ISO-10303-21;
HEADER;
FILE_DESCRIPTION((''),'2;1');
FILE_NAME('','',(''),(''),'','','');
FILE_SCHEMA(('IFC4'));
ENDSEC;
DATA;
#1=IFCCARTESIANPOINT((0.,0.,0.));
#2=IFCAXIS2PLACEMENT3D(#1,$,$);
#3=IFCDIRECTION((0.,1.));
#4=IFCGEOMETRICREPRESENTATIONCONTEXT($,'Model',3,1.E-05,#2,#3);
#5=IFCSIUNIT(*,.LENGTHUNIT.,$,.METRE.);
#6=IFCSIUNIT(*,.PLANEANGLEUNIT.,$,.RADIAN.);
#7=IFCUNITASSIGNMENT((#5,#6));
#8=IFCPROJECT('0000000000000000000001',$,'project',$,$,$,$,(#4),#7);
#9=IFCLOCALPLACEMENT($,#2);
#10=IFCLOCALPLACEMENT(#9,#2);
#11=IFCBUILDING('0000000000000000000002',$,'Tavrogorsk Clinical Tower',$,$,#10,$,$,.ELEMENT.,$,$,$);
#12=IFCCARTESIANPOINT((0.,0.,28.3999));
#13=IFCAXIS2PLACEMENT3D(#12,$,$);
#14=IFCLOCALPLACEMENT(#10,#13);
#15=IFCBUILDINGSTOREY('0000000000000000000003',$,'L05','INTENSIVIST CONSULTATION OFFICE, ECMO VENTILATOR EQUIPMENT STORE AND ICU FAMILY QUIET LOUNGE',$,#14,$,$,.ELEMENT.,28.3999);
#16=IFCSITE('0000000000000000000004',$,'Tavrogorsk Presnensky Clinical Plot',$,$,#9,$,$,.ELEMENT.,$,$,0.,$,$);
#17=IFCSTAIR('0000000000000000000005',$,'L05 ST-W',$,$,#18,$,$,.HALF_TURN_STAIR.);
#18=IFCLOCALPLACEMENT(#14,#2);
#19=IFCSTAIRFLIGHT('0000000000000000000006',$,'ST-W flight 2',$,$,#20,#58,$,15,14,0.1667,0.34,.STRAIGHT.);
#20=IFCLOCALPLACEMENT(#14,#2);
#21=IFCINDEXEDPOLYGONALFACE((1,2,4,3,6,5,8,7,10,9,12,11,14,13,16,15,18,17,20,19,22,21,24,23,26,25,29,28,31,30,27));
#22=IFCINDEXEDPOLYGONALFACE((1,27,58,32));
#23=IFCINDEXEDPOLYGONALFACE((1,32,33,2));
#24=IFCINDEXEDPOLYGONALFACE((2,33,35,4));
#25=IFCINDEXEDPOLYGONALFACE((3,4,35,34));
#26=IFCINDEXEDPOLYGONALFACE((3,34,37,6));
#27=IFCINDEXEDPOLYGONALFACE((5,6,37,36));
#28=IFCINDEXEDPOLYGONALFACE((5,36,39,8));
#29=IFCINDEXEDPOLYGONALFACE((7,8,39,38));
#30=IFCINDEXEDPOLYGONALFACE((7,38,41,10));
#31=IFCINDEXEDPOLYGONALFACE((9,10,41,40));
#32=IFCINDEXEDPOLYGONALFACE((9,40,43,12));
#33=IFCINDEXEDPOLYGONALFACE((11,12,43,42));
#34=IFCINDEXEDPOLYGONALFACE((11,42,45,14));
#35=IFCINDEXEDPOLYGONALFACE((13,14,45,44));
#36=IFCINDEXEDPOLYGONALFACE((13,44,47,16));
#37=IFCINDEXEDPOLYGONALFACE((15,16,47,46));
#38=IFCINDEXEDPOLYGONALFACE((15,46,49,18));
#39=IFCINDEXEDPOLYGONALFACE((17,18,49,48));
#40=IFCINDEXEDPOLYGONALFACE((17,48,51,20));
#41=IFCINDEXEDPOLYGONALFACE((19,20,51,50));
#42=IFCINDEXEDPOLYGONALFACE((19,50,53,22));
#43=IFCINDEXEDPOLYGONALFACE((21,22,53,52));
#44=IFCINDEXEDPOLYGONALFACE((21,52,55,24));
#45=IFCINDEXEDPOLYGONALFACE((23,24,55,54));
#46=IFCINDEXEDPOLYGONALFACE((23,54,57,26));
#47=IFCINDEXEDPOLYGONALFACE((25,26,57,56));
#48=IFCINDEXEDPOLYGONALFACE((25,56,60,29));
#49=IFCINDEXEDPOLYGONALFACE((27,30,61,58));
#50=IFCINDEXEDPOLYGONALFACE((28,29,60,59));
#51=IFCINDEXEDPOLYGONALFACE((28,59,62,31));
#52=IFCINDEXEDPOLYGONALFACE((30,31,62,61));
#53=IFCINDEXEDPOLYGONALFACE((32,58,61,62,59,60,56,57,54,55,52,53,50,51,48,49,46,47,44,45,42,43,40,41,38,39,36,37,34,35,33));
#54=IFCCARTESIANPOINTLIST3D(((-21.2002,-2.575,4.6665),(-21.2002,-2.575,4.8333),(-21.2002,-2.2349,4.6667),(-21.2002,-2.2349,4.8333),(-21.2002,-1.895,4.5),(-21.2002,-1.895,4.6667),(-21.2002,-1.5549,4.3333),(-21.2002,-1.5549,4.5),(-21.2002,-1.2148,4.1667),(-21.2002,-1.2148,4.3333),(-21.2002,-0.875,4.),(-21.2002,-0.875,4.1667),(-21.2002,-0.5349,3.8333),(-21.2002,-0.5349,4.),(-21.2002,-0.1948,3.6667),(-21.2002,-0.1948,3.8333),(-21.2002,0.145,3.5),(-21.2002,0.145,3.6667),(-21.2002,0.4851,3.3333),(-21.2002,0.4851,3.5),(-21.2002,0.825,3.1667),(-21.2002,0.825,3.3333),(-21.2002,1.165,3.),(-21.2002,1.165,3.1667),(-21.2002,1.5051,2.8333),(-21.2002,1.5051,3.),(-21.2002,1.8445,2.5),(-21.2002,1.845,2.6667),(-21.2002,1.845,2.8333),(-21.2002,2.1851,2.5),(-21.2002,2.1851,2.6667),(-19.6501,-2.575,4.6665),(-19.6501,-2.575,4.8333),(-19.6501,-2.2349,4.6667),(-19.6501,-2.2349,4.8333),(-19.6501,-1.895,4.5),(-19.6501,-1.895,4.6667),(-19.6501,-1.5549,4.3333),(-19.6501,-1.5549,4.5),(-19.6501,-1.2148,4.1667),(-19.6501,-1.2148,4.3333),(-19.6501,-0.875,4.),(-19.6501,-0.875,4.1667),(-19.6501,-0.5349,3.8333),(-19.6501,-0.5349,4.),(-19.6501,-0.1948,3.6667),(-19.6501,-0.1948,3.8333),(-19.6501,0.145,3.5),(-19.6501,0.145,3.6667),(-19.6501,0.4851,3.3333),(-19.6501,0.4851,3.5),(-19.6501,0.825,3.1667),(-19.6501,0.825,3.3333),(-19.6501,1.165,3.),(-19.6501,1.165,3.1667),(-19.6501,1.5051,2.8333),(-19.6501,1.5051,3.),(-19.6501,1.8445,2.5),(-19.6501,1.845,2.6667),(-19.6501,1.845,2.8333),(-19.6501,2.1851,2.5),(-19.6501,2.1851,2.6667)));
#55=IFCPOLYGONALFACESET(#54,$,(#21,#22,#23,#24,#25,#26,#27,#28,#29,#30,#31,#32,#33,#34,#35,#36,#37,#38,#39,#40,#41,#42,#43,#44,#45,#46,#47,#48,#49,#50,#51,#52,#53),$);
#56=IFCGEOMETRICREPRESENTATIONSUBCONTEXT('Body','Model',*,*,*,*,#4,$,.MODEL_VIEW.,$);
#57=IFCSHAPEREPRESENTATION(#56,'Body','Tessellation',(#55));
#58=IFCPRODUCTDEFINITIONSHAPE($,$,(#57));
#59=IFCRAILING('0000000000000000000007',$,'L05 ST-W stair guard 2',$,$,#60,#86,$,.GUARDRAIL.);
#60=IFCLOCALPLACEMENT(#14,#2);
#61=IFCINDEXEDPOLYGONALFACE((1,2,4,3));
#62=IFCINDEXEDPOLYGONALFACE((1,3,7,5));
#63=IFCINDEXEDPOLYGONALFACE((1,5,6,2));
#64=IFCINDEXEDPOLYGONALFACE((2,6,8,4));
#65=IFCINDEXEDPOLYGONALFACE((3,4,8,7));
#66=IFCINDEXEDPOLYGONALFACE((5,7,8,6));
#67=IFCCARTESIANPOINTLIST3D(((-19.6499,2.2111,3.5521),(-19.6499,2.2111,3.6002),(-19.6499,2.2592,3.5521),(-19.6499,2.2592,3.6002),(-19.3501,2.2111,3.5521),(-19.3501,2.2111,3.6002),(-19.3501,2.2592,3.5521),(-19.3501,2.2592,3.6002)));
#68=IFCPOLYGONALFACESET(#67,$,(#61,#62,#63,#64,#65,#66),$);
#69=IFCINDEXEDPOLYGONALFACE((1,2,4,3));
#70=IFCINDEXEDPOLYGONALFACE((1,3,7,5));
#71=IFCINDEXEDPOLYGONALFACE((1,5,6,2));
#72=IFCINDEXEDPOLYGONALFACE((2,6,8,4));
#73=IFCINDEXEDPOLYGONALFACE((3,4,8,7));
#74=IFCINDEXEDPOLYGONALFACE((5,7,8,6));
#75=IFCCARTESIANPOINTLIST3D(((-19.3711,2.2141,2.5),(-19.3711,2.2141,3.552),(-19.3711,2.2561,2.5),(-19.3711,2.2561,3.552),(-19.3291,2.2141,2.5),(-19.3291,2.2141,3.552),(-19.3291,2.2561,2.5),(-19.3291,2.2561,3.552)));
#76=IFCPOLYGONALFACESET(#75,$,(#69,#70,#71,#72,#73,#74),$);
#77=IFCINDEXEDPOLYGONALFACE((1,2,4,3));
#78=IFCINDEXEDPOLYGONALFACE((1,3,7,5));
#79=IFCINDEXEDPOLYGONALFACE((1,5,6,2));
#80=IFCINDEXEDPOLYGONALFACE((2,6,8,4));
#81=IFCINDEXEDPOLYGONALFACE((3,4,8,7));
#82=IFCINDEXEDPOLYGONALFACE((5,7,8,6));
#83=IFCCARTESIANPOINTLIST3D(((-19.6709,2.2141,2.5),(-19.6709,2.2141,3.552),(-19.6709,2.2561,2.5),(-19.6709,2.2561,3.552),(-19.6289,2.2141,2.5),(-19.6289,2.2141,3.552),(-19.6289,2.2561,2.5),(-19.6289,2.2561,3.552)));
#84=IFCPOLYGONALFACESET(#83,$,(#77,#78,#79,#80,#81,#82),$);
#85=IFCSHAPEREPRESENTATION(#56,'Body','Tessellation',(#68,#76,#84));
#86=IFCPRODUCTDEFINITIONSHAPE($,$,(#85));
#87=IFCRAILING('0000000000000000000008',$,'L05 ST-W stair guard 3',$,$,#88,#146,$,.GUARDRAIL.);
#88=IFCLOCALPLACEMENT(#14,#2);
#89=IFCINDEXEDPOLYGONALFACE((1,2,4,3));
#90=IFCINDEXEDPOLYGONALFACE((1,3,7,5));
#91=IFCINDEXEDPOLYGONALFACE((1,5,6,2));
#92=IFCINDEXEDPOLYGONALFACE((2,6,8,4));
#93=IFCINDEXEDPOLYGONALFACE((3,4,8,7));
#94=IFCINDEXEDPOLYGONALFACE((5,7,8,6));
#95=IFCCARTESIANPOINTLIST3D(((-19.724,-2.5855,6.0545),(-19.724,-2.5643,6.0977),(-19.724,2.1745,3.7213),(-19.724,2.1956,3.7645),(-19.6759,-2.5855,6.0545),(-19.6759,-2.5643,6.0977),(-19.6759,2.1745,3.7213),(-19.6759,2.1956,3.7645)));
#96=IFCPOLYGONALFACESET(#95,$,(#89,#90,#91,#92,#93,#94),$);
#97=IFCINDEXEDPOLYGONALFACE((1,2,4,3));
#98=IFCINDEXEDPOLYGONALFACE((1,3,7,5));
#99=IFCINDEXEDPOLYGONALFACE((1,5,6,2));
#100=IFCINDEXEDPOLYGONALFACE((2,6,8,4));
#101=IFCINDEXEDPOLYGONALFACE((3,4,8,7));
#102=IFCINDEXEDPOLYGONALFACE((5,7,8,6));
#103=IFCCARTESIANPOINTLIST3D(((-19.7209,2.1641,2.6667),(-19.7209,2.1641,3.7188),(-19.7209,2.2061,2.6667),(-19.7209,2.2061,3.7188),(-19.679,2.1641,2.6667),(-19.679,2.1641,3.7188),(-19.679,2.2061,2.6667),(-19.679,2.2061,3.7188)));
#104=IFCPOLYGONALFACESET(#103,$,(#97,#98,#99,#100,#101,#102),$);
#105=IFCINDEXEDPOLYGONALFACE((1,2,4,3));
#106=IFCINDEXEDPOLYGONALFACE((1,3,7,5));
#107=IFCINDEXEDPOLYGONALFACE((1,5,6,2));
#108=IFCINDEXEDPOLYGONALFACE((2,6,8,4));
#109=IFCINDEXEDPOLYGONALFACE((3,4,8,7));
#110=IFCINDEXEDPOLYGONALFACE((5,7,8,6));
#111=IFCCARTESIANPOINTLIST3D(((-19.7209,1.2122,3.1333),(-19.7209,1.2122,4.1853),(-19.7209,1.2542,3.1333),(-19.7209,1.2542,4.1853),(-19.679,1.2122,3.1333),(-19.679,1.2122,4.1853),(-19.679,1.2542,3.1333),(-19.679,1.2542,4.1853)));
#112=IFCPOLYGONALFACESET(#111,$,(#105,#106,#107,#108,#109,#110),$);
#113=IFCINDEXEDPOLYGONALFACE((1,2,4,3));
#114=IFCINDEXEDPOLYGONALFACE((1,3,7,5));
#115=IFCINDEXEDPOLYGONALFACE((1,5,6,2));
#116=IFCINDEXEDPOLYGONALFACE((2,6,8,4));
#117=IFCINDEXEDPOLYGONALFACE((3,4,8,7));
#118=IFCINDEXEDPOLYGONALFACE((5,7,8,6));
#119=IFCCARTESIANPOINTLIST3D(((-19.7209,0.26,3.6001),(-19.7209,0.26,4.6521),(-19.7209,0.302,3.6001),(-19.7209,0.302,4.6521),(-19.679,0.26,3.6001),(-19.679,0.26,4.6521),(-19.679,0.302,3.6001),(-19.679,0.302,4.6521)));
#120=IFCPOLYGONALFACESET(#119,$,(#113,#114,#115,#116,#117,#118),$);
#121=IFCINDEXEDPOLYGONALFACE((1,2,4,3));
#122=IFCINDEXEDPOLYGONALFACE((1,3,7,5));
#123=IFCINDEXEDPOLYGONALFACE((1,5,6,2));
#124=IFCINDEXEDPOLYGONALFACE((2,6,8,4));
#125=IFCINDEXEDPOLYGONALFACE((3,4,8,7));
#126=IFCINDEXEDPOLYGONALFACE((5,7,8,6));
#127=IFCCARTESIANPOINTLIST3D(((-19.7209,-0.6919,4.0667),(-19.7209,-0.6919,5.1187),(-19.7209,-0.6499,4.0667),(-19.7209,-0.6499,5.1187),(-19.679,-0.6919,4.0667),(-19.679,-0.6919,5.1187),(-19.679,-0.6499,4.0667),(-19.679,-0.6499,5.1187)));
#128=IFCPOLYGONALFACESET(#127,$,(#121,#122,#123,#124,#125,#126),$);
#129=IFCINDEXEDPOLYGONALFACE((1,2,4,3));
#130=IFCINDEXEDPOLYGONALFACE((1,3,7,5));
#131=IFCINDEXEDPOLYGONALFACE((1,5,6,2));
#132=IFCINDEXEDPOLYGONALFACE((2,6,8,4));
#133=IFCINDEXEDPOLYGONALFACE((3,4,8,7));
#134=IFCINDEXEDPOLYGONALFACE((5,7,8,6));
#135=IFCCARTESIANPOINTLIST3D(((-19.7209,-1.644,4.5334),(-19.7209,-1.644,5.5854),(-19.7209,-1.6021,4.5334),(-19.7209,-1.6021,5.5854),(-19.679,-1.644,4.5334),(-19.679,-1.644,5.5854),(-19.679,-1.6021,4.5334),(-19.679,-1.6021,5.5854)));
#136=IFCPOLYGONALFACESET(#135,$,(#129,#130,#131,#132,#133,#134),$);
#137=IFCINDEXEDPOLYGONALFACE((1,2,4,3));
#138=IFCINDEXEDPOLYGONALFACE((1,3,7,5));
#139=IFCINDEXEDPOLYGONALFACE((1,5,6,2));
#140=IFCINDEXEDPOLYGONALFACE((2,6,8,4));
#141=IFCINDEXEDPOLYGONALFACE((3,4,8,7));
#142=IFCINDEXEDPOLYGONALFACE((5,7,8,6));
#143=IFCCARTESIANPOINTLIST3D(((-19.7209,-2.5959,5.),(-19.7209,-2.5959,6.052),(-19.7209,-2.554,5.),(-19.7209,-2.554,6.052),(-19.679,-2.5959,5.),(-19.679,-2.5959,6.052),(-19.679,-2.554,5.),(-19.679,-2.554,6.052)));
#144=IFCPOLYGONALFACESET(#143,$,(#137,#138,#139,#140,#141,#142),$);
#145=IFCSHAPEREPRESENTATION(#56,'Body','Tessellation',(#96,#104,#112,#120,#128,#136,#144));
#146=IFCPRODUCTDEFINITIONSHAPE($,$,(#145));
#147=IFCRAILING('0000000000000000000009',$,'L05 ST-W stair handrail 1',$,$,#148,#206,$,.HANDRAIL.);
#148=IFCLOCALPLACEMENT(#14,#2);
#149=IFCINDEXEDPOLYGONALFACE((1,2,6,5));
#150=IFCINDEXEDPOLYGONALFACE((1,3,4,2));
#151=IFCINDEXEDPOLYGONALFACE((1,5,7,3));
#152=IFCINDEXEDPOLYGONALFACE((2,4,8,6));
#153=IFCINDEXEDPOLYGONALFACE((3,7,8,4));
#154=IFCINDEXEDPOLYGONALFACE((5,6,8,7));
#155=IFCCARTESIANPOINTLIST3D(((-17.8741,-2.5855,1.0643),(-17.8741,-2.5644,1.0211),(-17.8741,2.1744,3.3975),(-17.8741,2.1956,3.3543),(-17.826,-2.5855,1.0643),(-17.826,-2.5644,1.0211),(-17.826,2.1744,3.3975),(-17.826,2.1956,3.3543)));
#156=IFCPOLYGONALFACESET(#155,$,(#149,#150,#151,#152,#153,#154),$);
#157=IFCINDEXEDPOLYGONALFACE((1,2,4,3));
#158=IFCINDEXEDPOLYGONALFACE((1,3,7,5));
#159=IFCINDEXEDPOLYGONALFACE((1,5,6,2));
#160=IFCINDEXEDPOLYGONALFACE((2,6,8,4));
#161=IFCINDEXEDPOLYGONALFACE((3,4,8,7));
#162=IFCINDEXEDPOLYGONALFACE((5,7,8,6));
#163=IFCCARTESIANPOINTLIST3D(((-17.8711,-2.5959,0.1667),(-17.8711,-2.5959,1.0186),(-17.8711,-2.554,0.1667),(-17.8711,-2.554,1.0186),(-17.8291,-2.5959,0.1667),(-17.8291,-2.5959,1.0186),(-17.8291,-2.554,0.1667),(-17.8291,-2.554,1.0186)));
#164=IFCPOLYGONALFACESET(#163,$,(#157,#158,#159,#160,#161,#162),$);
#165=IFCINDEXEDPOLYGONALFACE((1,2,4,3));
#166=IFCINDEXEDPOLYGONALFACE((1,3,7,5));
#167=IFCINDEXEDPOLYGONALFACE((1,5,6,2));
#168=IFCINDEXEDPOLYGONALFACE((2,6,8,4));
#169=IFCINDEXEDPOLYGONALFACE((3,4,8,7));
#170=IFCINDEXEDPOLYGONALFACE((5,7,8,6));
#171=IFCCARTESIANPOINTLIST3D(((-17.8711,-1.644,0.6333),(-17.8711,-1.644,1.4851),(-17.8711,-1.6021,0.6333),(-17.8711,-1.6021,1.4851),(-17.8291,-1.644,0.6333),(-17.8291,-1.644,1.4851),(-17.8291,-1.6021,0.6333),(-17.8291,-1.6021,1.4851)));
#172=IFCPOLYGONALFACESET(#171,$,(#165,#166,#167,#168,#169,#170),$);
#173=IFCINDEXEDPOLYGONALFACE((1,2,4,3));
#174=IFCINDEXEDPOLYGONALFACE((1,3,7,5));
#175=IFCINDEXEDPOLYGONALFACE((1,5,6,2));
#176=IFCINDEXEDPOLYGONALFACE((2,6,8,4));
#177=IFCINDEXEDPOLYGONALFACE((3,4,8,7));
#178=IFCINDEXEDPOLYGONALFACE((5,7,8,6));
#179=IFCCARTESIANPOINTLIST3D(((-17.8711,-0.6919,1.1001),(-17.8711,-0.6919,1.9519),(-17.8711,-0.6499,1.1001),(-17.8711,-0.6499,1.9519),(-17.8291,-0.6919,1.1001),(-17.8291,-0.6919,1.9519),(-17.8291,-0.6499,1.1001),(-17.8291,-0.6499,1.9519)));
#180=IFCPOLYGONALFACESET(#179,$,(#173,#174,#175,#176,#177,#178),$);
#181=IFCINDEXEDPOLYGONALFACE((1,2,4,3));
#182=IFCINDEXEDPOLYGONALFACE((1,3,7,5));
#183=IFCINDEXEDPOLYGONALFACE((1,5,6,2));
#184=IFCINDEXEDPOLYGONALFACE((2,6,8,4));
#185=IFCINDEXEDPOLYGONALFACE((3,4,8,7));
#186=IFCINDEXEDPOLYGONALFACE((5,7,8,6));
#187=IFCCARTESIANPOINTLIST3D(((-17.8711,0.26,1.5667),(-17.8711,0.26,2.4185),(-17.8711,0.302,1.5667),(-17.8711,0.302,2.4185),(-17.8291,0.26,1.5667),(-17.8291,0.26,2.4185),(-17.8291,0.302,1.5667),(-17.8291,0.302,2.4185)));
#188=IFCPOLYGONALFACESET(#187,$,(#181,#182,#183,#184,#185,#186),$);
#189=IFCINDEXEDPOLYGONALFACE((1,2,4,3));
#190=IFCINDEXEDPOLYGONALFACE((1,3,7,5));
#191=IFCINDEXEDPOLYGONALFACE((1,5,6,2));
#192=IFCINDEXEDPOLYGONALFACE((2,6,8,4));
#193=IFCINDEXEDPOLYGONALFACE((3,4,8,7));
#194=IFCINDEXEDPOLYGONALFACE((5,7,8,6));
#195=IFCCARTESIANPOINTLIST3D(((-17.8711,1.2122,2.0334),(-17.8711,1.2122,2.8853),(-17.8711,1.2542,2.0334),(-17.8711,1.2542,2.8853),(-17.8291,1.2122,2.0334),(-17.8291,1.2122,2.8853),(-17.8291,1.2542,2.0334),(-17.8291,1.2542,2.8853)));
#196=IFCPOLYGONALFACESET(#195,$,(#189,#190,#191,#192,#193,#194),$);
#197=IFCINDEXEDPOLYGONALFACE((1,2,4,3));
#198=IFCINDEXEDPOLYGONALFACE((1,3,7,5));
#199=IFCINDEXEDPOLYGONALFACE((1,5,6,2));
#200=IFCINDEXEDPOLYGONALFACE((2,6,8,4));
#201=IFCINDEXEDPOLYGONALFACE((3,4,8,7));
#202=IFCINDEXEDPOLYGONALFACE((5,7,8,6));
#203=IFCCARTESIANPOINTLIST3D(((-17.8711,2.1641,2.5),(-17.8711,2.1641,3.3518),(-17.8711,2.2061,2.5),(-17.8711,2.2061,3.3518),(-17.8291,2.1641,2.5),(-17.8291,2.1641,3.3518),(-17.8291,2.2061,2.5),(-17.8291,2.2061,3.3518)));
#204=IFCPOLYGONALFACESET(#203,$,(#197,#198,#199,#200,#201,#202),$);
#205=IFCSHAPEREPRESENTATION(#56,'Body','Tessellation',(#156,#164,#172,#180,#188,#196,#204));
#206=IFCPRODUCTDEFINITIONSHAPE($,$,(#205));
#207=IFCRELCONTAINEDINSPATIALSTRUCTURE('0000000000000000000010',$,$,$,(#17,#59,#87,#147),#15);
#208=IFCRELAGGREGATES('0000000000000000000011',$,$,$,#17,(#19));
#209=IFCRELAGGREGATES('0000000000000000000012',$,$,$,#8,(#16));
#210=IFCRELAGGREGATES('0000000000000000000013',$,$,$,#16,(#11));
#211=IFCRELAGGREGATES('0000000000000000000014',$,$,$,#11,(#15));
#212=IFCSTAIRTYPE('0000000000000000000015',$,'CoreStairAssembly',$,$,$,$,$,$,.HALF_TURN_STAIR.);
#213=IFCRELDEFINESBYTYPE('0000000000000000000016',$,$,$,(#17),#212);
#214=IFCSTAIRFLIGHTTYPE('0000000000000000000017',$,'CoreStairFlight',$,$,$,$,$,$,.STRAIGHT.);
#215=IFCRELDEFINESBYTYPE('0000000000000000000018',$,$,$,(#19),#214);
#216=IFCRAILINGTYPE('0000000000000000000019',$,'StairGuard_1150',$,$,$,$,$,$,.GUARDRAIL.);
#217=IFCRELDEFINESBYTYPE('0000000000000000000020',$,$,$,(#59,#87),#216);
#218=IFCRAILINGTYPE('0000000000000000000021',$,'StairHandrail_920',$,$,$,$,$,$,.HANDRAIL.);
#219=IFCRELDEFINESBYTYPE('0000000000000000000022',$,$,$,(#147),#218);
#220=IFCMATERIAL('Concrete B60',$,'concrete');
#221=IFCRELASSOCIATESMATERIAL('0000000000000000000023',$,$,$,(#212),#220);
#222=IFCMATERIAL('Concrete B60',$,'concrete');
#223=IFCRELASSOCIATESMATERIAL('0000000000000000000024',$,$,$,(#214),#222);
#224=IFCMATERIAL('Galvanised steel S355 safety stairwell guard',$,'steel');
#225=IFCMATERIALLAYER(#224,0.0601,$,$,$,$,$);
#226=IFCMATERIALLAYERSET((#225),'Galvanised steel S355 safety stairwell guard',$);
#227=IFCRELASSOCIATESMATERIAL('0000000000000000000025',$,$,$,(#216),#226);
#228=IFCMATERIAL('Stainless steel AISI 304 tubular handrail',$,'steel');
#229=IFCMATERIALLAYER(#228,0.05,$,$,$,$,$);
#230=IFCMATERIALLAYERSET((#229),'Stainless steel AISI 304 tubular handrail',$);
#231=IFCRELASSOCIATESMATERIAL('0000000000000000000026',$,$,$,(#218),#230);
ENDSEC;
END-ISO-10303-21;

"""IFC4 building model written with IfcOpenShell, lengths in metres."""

from ifc_helpers import new_model, si_unit, direction, frame, origin, origin_2d, place, context, subcontext, project, spatial, polyline, rectangle, outline, extrude, material, layer, layer_set, type_object, element, aggregate, save


model = new_model("IFC4")

# Units and contexts
model_context = context("Model", 3, precision=1e-05, world=origin(), true_north=direction((0.0, 1.0)))
body_context = subcontext(model_context, "Body", "Model", "MODEL_VIEW")
ifc_project = project(units=[si_unit("LENGTHUNIT", "METRE"), si_unit("PLANEANGLEUNIT", "RADIAN")], contexts=[model_context])

# Site, building, storey
site_placement = place(None, origin())
site = spatial("IfcSite", under=ifc_project, at=site_placement, Name="Tavrogorsk Presnensky Clinical Plot", CompositionType="ELEMENT", RefElevation=0.0)
building_placement = place(site_placement, origin())
building = spatial("IfcBuilding", under=site, at=building_placement, Name="Tavrogorsk Clinical Tower", CompositionType="ELEMENT")
storey_placement = place(building_placement, frame((0.0, 0.0, 28.3999)))
storey = spatial("IfcBuildingStorey", under=building, at=storey_placement, Name="L05", Description="INTENSIVIST CONSULTATION OFFICE, ECMO VENTILATOR EQUIPMENT STORE AND ICU FAMILY QUIET LOUNGE", CompositionType="ELEMENT", Elevation=28.3999)

# Stair, stair flight
ifc_material_1 = material(Name="Concrete B60", Category="concrete")
stair_type = type_object("IfcStairType", Name="CoreStairAssembly", PredefinedType="HALF_TURN_STAIR", material=ifc_material_1)
stair_placement = place(storey_placement, origin())
stair = element("IfcStair", 1, at=stair_placement, inside=storey, type_object=stair_type, Name="L05 ST-W", PredefinedType="HALF_TURN_STAIR")
ifc_material_2 = material(Name="Concrete B60", Category="concrete")
stair_flight_type = type_object("IfcStairFlightType", Name="CoreStairFlight", PredefinedType="STRAIGHT", material=ifc_material_2)
stair_flight_placement = place(storey_placement, frame((-20.425, 2.1851, 2.5), z_axis=(0.0, 0.0, 1.0), x_axis=(0.0, -1.0, 0.0)))
stair_flight = element("IfcStairFlight", 2, at=stair_flight_placement, type_object=stair_flight_type, Name="ST-W flight 2", NumberOfRisers=15, NumberOfTreads=14, PredefinedType="STRAIGHT", RiserHeight=0.1667, TreadLength=0.34, context=body_context, shape_type="SweptSolid", body=[
    extrude(outline(polyline([(0.0, 0.0), (0.0, 0.1667), (0.3401, 0.1667), (0.3401, 0.3333), (0.6799, 0.3333), (0.6799, 0.5), (1.02, 0.5), (1.02, 0.6667), (1.3601, 0.6667), (1.3601, 0.8333), (1.7, 0.8333), (1.7, 1.0), (2.04, 1.0), (2.04, 1.1667), (2.3799, 1.1667), (2.3799, 1.3333), (2.72, 1.3333), (2.72, 1.5), (3.0601, 1.5), (3.0601, 1.6667), (3.3999, 1.6667), (3.3999, 1.8333), (3.74, 1.8333), (3.74, 2.0), (4.0801, 2.0), (4.0801, 2.1667), (4.4199, 2.1667), (4.4199, 2.3333), (4.76, 2.3333), (4.76, 2.5), (4.76, 2.1665), (0.3406, 0.0), (0.0, 0.0)])), frame((0.0, 0.7749, 0.0), z_axis=(0.0, -1.0, 0.0), x_axis=(1.0, 0.0, 0.0)), (0.0, 0.0, 1.0), 1.55),
])
aggregate(stair, [stair_flight])

# Railings
ifc_material_3 = material(Name="Galvanised steel S355 safety stairwell guard", Category="steel")
ifc_layer_1 = layer(ifc_material_3, 0.0601)
ifc_layer_set_1 = layer_set([ifc_layer_1], Name="Galvanised steel S355 safety stairwell guard")
railing_type_1 = type_object("IfcRailingType", Name="StairGuard_1150", PredefinedType="GUARDRAIL", material=ifc_layer_set_1)
railing_1_placement = place(storey_placement, frame((-19.3501, 2.2351, 2.5)))
element("IfcRailing", 3, at=railing_1_placement, inside=storey, type_object=railing_type_1, Name="L05 ST-W stair guard 2", PredefinedType="GUARDRAIL", context=body_context, shape_type="SweptSolid", body=[
    extrude(rectangle(XDim=0.0481, YDim=0.0481, at=origin_2d()), frame((0.0, 0.0, 1.0762), z_axis=(-1.0, 0.0, 0.0), x_axis=(0.0, -1.0, 0.0)), (0.0, 0.0, 1.0), 0.2998),
    extrude(rectangle(XDim=0.042, YDim=0.042, at=origin_2d()), origin(), (0.0, 0.0, 1.0), 1.052),
    extrude(rectangle(XDim=0.042, YDim=0.042, at=origin_2d()), frame((-0.2998, 0.0, 0.0)), (0.0, 0.0, 1.0), 1.052),
])
railing_2_placement = place(storey_placement, frame((-19.7, 2.1851, 2.6667)))
element("IfcRailing", 4, at=railing_2_placement, inside=storey, type_object=railing_type_1, Name="L05 ST-W stair guard 3", PredefinedType="GUARDRAIL", context=body_context, shape_type="SweptSolid", body=[
    extrude(rectangle(XDim=0.0481, YDim=0.0481, at=origin_2d()), frame((0.0, 0.0, 1.0762), z_axis=(0.0, -0.897927, 0.440144), x_axis=(1.0, 0.0, 0.0)), (0.0, 0.0, 1.0), 5.301),
    extrude(rectangle(XDim=0.042, YDim=0.042, at=origin_2d()), origin(), (0.0, 0.0, 1.0), 1.052),
    extrude(rectangle(XDim=0.042, YDim=0.042, at=origin_2d()), frame((0.0, -0.9519, 0.4666)), (0.0, 0.0, 1.0), 1.052),
    extrude(rectangle(XDim=0.042, YDim=0.042, at=origin_2d()), frame((0.0, -1.9041, 0.9333)), (0.0, 0.0, 1.0), 1.052),
    extrude(rectangle(XDim=0.042, YDim=0.042, at=origin_2d()), frame((0.0, -2.856, 1.3999)), (0.0, 0.0, 1.0), 1.052),
    extrude(rectangle(XDim=0.042, YDim=0.042, at=origin_2d()), frame((0.0, -3.8081, 1.8667)), (0.0, 0.0, 1.0), 1.052),
    extrude(rectangle(XDim=0.042, YDim=0.042, at=origin_2d()), frame((0.0, -4.76, 2.3333)), (0.0, 0.0, 1.0), 1.052),
])
ifc_material_4 = material(Name="Stainless steel AISI 304 tubular handrail", Category="steel")
ifc_layer_2 = layer(ifc_material_4, 0.05)
ifc_layer_set_2 = layer_set([ifc_layer_2], Name="Stainless steel AISI 304 tubular handrail")
railing_type_2 = type_object("IfcRailingType", Name="StairHandrail_920", PredefinedType="HANDRAIL", material=ifc_layer_set_2)
railing_3_placement = place(storey_placement, frame((-17.8501, -2.575, 0.1667)))
element("IfcRailing", 5, at=railing_3_placement, inside=storey, type_object=railing_type_2, Name="L05 ST-W stair handrail 1", PredefinedType="HANDRAIL", context=body_context, shape_type="SweptSolid", body=[
    extrude(rectangle(XDim=0.0481, YDim=0.0481, at=origin_2d()), frame((0.0, 0.0, 0.876), z_axis=(0.0, 0.897927, 0.440144), x_axis=(-1.0, 0.0, 0.0)), (0.0, 0.0, 1.0), 5.301),
    extrude(rectangle(XDim=0.042, YDim=0.042, at=origin_2d()), origin(), (0.0, 0.0, 1.0), 0.8518),
    extrude(rectangle(XDim=0.042, YDim=0.042, at=origin_2d()), frame((0.0, 0.9519, 0.4666)), (0.0, 0.0, 1.0), 0.8518),
    extrude(rectangle(XDim=0.042, YDim=0.042, at=origin_2d()), frame((0.0, 1.9041, 0.9333)), (0.0, 0.0, 1.0), 0.8518),
    extrude(rectangle(XDim=0.042, YDim=0.042, at=origin_2d()), frame((0.0, 2.856, 1.3999)), (0.0, 0.0, 1.0), 0.8518),
    extrude(rectangle(XDim=0.042, YDim=0.042, at=origin_2d()), frame((0.0, 3.8081, 1.8667)), (0.0, 0.0, 1.0), 0.8518),
    extrude(rectangle(XDim=0.042, YDim=0.042, at=origin_2d()), frame((0.0, 4.76, 2.3333)), (0.0, 0.0, 1.0), 0.8518),
])

save(model, "model.ifc")
